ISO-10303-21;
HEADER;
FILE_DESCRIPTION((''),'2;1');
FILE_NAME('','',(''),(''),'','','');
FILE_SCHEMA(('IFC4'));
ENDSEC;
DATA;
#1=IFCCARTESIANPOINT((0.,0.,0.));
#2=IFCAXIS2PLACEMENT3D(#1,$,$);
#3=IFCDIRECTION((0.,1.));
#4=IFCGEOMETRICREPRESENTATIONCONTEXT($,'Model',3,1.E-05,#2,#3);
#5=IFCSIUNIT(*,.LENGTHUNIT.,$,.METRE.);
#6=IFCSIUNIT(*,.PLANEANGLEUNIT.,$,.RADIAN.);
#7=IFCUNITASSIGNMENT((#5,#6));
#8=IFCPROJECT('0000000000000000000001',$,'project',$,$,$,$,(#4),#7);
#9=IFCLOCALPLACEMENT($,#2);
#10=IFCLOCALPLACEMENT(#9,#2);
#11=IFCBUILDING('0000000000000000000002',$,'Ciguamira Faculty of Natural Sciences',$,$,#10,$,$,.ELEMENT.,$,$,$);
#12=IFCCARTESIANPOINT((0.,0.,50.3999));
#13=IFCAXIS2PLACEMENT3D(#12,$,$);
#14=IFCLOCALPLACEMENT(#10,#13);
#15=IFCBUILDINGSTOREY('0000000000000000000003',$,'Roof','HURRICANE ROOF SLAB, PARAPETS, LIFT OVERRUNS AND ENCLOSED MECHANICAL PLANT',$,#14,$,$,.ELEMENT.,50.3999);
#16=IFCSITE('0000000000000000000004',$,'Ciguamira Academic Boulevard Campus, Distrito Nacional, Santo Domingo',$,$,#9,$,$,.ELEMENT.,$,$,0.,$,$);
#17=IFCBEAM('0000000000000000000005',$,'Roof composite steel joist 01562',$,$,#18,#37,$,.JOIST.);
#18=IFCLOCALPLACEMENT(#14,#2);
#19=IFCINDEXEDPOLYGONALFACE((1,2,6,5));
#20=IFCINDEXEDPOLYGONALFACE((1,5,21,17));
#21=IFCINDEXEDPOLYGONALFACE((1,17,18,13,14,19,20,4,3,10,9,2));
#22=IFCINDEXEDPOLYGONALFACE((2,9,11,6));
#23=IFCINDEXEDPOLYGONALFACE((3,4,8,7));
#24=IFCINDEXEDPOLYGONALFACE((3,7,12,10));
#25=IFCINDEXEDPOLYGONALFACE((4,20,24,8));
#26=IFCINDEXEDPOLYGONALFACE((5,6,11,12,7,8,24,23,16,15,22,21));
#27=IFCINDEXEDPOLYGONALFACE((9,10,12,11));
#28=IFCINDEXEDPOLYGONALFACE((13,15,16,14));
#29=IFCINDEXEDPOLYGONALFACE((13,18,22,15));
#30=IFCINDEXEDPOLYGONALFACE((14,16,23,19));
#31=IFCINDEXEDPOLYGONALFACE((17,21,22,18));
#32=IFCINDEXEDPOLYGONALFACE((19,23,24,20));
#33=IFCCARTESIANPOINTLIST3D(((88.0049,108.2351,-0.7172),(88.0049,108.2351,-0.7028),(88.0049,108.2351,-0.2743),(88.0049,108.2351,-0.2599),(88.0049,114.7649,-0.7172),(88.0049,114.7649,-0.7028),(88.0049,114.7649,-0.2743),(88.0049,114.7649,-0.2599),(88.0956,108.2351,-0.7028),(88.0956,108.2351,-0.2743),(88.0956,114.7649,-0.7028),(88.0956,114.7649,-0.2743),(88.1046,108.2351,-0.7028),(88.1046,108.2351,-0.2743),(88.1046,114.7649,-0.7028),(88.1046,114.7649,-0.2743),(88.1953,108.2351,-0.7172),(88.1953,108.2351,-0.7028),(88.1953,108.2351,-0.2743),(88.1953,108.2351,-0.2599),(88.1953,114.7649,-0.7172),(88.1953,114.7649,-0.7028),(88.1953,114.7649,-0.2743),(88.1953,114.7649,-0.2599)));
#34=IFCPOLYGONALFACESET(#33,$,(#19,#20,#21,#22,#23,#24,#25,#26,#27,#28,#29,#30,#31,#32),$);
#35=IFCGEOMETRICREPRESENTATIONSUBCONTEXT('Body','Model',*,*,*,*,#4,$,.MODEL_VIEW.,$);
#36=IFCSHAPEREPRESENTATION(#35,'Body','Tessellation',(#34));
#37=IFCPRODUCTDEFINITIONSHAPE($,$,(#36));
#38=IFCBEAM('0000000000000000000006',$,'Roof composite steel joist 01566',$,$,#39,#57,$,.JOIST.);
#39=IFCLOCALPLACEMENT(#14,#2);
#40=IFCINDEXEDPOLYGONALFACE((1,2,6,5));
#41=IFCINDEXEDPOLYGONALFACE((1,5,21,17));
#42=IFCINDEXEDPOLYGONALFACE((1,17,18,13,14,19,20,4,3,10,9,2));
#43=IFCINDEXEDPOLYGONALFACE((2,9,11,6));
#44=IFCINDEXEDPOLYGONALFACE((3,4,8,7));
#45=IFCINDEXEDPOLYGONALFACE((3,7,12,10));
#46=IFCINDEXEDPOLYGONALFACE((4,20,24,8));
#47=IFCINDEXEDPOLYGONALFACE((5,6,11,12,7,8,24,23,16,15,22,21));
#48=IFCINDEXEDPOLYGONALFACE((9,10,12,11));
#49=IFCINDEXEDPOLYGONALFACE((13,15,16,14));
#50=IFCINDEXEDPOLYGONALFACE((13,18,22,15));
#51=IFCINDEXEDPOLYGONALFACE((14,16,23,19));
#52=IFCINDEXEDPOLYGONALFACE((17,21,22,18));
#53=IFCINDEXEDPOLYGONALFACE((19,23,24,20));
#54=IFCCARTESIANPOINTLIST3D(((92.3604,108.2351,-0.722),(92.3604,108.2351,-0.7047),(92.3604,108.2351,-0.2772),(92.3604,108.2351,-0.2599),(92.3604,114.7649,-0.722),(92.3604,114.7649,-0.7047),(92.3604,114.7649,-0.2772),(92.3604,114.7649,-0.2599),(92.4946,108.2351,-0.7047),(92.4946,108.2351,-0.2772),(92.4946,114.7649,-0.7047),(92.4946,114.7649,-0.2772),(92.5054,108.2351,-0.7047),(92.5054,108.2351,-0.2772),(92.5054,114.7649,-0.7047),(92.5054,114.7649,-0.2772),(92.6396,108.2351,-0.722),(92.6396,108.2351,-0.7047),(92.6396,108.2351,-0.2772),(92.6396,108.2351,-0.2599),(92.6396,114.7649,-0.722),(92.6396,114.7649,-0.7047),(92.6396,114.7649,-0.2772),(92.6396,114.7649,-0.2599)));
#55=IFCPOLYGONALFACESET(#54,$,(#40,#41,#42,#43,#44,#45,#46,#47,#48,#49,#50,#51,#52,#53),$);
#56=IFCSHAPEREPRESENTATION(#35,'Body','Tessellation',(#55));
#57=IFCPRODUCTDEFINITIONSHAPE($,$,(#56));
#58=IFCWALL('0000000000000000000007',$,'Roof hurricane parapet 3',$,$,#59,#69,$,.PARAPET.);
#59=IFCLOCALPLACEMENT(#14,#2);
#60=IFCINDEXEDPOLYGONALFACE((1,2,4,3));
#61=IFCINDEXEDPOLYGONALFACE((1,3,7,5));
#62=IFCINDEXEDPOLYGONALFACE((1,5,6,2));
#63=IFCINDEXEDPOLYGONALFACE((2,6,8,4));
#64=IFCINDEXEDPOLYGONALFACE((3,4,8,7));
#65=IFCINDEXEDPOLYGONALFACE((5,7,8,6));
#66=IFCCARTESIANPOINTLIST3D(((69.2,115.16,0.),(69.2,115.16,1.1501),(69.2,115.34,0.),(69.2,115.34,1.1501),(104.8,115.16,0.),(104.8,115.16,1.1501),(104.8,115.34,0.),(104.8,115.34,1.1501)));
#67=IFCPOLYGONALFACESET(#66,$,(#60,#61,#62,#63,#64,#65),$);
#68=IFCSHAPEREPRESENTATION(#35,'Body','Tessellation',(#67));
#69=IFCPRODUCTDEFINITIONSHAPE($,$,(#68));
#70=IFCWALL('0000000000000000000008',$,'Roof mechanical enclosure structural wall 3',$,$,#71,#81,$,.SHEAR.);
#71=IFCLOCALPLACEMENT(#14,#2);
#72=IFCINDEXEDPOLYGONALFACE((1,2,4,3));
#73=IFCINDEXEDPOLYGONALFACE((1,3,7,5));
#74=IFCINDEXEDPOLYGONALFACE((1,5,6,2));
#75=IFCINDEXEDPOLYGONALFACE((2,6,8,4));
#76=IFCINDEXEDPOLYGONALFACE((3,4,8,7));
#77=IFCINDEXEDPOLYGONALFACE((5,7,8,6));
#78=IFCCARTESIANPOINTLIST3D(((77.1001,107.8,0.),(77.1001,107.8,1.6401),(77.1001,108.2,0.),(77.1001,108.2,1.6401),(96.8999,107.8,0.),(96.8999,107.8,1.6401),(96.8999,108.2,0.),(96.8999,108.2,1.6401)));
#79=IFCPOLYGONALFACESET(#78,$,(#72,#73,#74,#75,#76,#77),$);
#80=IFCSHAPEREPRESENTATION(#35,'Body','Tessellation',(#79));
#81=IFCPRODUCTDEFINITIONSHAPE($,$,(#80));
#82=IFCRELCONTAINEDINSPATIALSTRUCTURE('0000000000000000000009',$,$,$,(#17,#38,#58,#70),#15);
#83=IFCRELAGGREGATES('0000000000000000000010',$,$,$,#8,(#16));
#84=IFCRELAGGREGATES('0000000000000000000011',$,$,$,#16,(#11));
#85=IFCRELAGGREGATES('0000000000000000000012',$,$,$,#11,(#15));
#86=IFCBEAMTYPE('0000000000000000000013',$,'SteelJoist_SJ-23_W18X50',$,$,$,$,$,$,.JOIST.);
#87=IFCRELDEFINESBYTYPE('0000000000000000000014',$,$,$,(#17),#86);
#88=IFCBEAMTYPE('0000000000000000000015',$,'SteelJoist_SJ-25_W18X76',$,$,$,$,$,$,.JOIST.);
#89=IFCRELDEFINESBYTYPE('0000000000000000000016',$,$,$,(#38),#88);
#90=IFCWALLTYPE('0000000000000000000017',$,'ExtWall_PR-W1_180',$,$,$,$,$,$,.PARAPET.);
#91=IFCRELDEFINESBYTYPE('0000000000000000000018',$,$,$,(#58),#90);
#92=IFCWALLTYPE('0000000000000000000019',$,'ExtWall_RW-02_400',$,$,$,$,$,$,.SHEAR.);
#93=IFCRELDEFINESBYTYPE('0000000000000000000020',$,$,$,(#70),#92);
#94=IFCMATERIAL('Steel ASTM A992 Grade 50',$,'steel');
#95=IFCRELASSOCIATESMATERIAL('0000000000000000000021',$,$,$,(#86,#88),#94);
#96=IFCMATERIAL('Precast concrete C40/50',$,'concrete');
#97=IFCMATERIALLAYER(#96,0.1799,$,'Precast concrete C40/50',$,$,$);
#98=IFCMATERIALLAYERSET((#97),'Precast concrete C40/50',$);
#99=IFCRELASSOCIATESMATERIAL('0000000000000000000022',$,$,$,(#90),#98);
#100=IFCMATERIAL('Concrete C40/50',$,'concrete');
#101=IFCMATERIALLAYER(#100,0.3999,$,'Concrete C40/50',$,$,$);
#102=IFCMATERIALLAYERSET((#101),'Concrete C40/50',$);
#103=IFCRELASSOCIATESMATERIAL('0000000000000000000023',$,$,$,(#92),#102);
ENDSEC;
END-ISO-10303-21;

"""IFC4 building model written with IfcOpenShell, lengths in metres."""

from ifc_helpers import new_model, si_unit, direction, frame, frame_2d, origin, origin_2d, place, context, subcontext, project, spatial, rectangle, i_section, extrude, material, layer, layer_set, material_profile, profile_set, type_object, element, save


model = new_model("IFC4")

# Units and contexts
model_context = context("Model", 3, precision=1e-05, world=origin(), true_north=direction((0.0, 1.0)))
body_context = subcontext(model_context, "Body", "Model", "MODEL_VIEW")
ifc_project = project(units=[si_unit("LENGTHUNIT", "METRE"), si_unit("PLANEANGLEUNIT", "RADIAN")], contexts=[model_context])

# Site, building, storey
site_placement = place(None, origin())
site = spatial("IfcSite", under=ifc_project, at=site_placement, Name="Ciguamira Academic Boulevard Campus, Distrito Nacional, Santo Domingo", CompositionType="ELEMENT", RefElevation=0.0)
building_placement = place(site_placement, origin())
building = spatial("IfcBuilding", under=site, at=building_placement, Name="Ciguamira Faculty of Natural Sciences", CompositionType="ELEMENT")
storey_placement = place(building_placement, frame((0.0, 0.0, 50.3999)))
storey = spatial("IfcBuildingStorey", under=building, at=storey_placement, Name="Roof", Description="HURRICANE ROOF SLAB, PARAPETS, LIFT OVERRUNS AND ENCLOSED MECHANICAL PLANT", CompositionType="ELEMENT", Elevation=50.3999)

# Beams
ifc_material_1 = material(Name="Concrete C40/50", Category="concrete")
ifc_material_2 = material(Name="Steel ASTM A992 Grade 50", Category="steel")
ifc_material_profile_1 = material_profile(ifc_material_2, i_section(OverallWidth=0.1904, OverallDepth=0.4573, WebThickness=0.009, FlangeThickness=0.0144, at=origin_2d()), Name="W18X50")
ifc_profile_set_1 = profile_set([ifc_material_profile_1], Name="Steel ASTM A992 Grade 50")
beam_type_1 = type_object("IfcBeamType", Name="SteelJoist_SJ-23_W18X50", PredefinedType="JOIST", material=ifc_profile_set_1)
beam_1_placement = place(storey_placement, frame((88.1001, 108.2351, -0.4885), z_axis=(0.0, 1.0, 0.0), x_axis=(-1.0, 0.0, 0.0)))
element("IfcBeam", 1, at=beam_1_placement, inside=storey, type_object=beam_type_1, Name="Roof composite steel joist 01562", PredefinedType="JOIST", context=body_context, shape_type="SweptSolid", body=[
    extrude(i_section(OverallWidth=0.1904, OverallDepth=0.4573, WebThickness=0.009, FlangeThickness=0.0144, at=origin_2d()), origin(), (0.0, 0.0, 1.0), 6.5298),
])
ifc_material_profile_2 = material_profile(ifc_material_2, i_section(OverallWidth=0.2793, OverallDepth=0.4622, WebThickness=0.0107, FlangeThickness=0.0173, at=origin_2d()), Name="W18X76")
ifc_profile_set_2 = profile_set([ifc_material_profile_2], Name="Steel ASTM A992 Grade 50")
beam_type_2 = type_object("IfcBeamType", Name="SteelJoist_SJ-25_W18X76", PredefinedType="JOIST", material=ifc_profile_set_2)
beam_2_placement = place(storey_placement, frame((92.5, 108.2351, -0.491), z_axis=(0.0, 1.0, 0.0), x_axis=(-1.0, 0.0, 0.0)))
element("IfcBeam", 2, at=beam_2_placement, inside=storey, type_object=beam_type_2, Name="Roof composite steel joist 01566", PredefinedType="JOIST", context=body_context, shape_type="SweptSolid", body=[
    extrude(i_section(OverallWidth=0.2793, OverallDepth=0.4622, WebThickness=0.0107, FlangeThickness=0.0173, at=origin_2d()), origin(), (0.0, 0.0, 1.0), 6.5298),
])

# Walls
ifc_material_3 = material(Name="Precast concrete C40/50", Category="concrete")
ifc_layer_1 = layer(ifc_material_3, 0.1799, Name="Precast concrete C40/50")
ifc_layer_set_1 = layer_set([ifc_layer_1], Name="Precast concrete C40/50")
wall_type_1 = type_object("IfcWallType", Name="ExtWall_PR-W1_180", PredefinedType="PARAPET", material=ifc_layer_set_1)
wall_1_placement = place(storey_placement, frame((104.8, 115.25, 0.0), z_axis=(0.0, 0.0, 1.0), x_axis=(-1.0, 0.0, 0.0)))
element("IfcWall", 3, at=wall_1_placement, inside=storey, type_object=wall_type_1, Name="Roof hurricane parapet 3", PredefinedType="PARAPET", context=body_context, shape_type="SweptSolid", body=[
    extrude(rectangle(XDim=35.6001, YDim=0.1799, at=frame_2d((17.8, 0.0))), origin(), (0.0, 0.0, 1.0), 1.1501),
])
ifc_layer_2 = layer(ifc_material_1, 0.3999, Name="Concrete C40/50")
ifc_layer_set_2 = layer_set([ifc_layer_2], Name="Concrete C40/50")
wall_type_2 = type_object("IfcWallType", Name="ExtWall_RW-02_400", PredefinedType="SHEAR", material=ifc_layer_set_2)
wall_2_placement = place(storey_placement, frame((96.8999, 108.0, 0.0), z_axis=(0.0, 0.0, 1.0), x_axis=(-1.0, 0.0, 0.0)))
element("IfcWall", 4, at=wall_2_placement, inside=storey, type_object=wall_type_2, Name="Roof mechanical enclosure structural wall 3", PredefinedType="SHEAR", context=body_context, shape_type="SweptSolid", body=[
    extrude(rectangle(XDim=19.7998, YDim=0.3999, at=frame_2d((9.8999, 0.0))), origin(), (0.0, 0.0, 1.0), 1.6401),
])

save(model, "model.ifc")
